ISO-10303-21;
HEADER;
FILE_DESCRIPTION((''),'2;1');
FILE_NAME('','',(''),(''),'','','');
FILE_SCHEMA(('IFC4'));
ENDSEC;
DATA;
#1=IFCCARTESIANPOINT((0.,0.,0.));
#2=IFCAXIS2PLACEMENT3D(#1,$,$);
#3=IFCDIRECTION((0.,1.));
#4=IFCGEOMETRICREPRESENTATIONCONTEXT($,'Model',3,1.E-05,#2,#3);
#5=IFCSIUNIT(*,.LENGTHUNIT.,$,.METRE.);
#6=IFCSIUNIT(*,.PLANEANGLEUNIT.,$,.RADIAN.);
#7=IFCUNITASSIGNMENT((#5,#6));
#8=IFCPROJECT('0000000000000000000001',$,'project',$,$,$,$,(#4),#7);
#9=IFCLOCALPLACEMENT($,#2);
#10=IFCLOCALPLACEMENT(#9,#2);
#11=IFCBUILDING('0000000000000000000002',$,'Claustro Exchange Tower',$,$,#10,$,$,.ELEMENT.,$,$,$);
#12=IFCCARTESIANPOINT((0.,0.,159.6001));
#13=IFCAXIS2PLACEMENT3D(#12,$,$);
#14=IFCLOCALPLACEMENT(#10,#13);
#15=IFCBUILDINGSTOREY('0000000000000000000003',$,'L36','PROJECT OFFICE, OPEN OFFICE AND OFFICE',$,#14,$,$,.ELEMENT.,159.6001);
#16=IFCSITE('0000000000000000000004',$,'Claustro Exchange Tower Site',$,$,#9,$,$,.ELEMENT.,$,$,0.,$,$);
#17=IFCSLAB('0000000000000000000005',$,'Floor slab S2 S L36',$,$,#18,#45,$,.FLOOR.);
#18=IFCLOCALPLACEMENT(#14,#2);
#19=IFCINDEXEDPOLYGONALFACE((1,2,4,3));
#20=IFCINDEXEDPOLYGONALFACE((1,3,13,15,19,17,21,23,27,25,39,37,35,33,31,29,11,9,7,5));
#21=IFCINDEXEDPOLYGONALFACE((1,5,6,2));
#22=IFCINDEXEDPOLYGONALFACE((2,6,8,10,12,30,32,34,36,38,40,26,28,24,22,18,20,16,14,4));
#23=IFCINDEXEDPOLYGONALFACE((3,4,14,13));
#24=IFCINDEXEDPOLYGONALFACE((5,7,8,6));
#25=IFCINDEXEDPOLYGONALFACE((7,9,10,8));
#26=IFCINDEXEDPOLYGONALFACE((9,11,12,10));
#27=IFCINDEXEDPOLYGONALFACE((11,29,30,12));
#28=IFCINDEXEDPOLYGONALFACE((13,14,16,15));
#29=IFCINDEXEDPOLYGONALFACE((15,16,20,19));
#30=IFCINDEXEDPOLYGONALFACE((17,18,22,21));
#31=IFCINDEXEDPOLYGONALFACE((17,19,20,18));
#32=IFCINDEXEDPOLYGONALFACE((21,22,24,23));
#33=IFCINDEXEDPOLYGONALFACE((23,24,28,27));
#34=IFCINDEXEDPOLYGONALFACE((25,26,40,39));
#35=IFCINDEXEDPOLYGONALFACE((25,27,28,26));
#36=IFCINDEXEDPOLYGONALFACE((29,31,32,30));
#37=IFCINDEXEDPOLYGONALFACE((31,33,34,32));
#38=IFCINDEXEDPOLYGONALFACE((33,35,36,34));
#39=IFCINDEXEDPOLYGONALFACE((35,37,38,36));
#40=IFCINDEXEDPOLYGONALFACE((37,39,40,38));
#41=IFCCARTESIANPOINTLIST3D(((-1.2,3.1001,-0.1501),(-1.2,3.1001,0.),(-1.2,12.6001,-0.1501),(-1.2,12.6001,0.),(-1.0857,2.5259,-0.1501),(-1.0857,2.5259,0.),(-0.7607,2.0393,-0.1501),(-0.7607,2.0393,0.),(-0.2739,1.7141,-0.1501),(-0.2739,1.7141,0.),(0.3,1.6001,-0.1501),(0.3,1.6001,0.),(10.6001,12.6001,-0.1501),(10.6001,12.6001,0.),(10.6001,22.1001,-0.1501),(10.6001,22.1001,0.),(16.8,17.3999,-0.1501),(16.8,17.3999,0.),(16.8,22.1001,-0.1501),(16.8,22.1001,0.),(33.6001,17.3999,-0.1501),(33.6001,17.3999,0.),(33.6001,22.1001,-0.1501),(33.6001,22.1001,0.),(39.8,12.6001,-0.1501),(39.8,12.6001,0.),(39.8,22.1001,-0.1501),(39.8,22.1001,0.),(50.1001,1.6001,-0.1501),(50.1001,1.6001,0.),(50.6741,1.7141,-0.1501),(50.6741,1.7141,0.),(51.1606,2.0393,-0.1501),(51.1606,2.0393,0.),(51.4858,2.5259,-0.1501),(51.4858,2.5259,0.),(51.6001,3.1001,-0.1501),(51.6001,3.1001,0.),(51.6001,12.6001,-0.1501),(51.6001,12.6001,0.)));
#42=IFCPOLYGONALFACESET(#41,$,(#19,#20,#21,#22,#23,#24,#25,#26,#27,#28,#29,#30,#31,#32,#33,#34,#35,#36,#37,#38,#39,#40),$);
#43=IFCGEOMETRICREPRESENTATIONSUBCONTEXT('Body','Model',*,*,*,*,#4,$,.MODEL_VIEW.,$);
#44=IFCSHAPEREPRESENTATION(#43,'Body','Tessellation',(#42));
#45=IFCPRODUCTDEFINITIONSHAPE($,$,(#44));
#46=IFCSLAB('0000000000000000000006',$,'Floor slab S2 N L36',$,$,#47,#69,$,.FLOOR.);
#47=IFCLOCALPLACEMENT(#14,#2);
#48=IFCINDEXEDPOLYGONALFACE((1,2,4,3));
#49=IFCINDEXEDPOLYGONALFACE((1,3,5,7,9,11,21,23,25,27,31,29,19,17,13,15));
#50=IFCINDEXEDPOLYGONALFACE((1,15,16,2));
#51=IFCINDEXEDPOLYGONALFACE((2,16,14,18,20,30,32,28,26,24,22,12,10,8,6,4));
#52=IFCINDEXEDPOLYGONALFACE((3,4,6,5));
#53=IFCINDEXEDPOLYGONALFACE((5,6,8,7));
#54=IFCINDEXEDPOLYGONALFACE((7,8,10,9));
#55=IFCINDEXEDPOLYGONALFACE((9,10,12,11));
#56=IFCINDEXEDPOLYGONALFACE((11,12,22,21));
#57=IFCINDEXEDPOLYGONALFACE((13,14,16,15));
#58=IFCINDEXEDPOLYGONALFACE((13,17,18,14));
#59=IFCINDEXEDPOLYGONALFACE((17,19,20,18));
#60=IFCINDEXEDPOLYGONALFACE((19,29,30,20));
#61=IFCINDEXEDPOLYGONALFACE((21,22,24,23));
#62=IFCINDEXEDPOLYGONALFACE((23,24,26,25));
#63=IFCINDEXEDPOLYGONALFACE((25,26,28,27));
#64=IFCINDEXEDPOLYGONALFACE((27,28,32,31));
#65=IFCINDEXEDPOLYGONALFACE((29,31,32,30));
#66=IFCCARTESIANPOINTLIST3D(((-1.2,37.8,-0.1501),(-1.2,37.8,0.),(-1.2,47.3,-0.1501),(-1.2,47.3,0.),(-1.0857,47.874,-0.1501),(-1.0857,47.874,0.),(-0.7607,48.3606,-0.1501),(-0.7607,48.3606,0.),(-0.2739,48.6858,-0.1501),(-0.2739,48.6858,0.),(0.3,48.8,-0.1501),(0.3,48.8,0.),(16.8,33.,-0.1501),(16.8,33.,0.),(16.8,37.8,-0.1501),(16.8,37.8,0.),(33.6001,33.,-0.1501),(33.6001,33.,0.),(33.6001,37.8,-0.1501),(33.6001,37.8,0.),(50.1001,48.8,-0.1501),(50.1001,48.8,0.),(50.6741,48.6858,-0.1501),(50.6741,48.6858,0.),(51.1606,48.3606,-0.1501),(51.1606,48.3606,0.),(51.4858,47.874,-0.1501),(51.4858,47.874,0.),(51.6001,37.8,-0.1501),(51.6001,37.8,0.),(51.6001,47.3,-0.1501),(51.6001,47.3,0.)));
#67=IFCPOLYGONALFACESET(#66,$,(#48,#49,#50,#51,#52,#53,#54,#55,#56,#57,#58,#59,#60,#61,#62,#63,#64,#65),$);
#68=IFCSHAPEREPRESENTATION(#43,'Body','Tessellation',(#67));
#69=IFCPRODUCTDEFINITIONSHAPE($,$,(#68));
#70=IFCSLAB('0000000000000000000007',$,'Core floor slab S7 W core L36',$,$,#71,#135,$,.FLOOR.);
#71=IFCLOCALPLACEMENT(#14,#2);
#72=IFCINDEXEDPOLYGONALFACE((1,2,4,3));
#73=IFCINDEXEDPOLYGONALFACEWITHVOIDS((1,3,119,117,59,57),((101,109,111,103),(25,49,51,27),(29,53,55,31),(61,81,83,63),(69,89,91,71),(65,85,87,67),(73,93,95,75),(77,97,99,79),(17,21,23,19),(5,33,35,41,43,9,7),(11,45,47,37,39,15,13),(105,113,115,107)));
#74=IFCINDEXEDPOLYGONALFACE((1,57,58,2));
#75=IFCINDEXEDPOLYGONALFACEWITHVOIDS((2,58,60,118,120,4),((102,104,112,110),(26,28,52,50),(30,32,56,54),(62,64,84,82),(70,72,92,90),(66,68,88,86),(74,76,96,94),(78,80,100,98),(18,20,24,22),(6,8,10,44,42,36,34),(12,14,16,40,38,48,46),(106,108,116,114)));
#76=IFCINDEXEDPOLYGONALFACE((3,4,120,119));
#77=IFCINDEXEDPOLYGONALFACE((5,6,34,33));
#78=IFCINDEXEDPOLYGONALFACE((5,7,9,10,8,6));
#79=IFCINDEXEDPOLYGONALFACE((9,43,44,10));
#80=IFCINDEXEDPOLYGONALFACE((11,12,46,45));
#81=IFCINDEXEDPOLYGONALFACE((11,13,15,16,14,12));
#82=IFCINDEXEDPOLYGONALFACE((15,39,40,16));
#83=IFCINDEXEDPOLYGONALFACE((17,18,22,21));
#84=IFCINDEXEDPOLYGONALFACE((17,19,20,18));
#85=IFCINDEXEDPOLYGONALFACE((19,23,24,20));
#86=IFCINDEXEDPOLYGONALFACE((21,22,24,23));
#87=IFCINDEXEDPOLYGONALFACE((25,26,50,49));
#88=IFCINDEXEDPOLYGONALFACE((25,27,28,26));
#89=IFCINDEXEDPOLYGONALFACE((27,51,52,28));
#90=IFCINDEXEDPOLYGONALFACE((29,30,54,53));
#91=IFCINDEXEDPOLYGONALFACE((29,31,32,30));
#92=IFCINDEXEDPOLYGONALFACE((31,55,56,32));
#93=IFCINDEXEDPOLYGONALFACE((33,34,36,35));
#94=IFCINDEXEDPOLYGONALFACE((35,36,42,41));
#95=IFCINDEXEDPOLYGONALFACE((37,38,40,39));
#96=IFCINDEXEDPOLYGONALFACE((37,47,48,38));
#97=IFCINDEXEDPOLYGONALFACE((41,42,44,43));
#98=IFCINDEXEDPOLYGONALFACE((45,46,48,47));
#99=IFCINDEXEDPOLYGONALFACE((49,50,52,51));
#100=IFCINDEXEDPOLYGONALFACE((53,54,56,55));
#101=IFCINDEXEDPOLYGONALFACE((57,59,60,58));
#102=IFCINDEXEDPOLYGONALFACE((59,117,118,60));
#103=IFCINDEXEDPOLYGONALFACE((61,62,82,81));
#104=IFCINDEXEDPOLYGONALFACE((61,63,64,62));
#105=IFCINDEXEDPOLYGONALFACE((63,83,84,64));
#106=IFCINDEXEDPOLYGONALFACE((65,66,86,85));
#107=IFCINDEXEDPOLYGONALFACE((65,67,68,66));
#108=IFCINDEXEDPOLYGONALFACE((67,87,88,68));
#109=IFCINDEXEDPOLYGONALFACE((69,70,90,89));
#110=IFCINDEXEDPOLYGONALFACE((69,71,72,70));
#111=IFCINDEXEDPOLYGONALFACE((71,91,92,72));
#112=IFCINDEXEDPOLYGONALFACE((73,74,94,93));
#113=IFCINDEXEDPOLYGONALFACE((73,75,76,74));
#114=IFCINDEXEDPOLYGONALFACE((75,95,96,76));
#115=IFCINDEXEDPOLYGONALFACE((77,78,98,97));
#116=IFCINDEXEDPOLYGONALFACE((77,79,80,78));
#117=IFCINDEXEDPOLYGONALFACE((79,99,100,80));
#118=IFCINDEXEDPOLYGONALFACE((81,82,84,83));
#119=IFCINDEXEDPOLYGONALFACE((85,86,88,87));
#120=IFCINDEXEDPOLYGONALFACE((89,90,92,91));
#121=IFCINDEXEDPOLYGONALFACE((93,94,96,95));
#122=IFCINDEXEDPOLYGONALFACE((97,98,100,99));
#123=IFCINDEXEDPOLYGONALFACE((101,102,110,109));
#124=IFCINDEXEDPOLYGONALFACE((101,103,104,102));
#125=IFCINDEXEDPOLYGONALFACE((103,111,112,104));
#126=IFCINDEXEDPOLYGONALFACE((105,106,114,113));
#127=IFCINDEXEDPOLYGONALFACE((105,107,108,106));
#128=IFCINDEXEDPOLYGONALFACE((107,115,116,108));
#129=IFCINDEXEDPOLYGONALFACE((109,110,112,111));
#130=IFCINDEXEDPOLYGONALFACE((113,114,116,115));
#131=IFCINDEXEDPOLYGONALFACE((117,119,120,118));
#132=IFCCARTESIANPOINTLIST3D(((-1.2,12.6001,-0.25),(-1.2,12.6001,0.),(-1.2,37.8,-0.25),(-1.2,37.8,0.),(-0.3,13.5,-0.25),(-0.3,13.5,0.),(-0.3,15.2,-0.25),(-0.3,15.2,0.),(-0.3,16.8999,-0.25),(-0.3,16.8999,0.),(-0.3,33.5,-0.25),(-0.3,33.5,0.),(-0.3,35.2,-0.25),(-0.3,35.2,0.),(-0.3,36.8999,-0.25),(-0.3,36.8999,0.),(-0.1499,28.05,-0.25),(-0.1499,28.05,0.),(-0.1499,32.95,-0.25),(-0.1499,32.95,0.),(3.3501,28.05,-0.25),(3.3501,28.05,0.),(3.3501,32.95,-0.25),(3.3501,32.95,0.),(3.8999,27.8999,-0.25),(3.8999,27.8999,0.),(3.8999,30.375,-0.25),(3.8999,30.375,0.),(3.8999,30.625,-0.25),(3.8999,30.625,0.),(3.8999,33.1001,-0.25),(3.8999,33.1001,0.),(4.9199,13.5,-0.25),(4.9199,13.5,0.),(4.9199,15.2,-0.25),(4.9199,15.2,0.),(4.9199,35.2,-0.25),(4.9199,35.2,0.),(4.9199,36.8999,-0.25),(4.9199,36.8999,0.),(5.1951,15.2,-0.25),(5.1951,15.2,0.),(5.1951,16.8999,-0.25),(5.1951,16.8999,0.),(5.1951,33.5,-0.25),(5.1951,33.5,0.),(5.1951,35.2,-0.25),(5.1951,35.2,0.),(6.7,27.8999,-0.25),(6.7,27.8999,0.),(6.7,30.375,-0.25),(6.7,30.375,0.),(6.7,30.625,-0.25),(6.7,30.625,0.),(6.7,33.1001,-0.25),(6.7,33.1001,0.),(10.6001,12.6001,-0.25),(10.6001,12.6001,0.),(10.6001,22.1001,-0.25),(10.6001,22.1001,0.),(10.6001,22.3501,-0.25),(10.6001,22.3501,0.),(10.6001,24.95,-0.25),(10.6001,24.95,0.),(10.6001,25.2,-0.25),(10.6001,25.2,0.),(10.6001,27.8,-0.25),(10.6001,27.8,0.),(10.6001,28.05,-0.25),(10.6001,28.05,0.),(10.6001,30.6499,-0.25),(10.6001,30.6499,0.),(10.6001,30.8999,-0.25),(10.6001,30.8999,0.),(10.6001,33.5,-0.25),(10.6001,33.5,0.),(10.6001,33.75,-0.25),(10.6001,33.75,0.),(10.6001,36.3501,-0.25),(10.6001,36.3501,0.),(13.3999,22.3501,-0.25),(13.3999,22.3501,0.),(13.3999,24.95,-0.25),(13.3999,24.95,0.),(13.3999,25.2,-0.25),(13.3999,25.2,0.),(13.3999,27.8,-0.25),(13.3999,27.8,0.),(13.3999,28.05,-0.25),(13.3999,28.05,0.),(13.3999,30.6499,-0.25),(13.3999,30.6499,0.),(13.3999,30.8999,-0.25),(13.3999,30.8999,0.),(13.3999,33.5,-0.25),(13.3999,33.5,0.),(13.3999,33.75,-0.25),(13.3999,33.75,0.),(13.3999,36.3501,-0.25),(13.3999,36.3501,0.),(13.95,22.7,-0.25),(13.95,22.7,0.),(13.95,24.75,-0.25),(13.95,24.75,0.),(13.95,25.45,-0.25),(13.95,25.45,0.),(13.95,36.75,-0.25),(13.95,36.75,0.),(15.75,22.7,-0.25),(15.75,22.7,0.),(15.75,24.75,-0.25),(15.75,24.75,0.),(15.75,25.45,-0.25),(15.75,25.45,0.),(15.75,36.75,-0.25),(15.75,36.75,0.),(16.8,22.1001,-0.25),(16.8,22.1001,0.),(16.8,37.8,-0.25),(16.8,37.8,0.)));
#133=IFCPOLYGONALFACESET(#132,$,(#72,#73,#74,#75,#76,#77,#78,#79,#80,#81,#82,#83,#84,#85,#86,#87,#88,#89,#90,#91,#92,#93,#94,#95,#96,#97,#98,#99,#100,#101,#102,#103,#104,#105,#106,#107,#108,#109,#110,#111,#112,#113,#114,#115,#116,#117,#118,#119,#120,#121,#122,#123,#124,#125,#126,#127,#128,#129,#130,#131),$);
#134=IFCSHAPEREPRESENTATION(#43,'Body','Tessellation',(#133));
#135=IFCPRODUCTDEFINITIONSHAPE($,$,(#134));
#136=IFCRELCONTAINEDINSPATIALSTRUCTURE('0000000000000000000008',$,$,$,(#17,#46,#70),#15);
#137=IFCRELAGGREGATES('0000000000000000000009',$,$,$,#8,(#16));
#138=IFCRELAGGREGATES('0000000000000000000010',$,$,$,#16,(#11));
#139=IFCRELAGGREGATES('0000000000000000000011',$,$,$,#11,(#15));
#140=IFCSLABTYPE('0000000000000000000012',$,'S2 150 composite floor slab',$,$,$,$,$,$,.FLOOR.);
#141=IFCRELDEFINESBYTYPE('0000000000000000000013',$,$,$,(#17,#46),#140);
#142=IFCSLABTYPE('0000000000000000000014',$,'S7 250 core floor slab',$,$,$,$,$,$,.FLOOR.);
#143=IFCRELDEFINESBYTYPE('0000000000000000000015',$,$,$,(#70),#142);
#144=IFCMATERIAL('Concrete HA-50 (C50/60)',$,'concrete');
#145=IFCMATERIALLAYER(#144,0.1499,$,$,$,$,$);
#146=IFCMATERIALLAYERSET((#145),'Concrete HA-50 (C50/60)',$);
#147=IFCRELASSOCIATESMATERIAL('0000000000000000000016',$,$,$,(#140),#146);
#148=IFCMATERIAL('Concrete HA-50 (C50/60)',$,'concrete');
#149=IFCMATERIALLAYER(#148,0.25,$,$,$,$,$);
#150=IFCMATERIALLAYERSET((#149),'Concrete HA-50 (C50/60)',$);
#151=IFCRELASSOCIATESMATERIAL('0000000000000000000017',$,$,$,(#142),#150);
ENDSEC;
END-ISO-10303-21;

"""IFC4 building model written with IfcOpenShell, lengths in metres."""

from ifc_helpers import new_model, si_unit, direction, frame, origin, place, context, subcontext, project, spatial, polyline, outline, extrude, material, layer, layer_set, type_object, element, save


model = new_model("IFC4")

# Units and contexts
model_context = context("Model", 3, precision=1e-05, world=origin(), true_north=direction((0.0, 1.0)))
body_context = subcontext(model_context, "Body", "Model", "MODEL_VIEW")
ifc_project = project(units=[si_unit("LENGTHUNIT", "METRE"), si_unit("PLANEANGLEUNIT", "RADIAN")], contexts=[model_context])

# Site, building, storey
site_placement = place(None, origin())
site = spatial("IfcSite", under=ifc_project, at=site_placement, Name="Claustro Exchange Tower Site", CompositionType="ELEMENT", RefElevation=0.0)
building_placement = place(site_placement, origin())
building = spatial("IfcBuilding", under=site, at=building_placement, Name="Claustro Exchange Tower", CompositionType="ELEMENT")
storey_placement = place(building_placement, frame((0.0, 0.0, 159.6001)))
storey = spatial("IfcBuildingStorey", under=building, at=storey_placement, Name="L36", Description="PROJECT OFFICE, OPEN OFFICE AND OFFICE", CompositionType="ELEMENT", Elevation=159.6001)

# Slabs
ifc_material_1 = material(Name="Concrete HA-50 (C50/60)", Category="concrete")
ifc_layer_1 = layer(ifc_material_1, 0.1499)
ifc_layer_set_1 = layer_set([ifc_layer_1], Name="Concrete HA-50 (C50/60)")
slab_type_1 = type_object("IfcSlabType", Name="S2 150 composite floor slab", PredefinedType="FLOOR", material=ifc_layer_set_1)
slab_1_placement = place(storey_placement, frame((0.0, 0.0, -0.1501)))
element("IfcSlab", 1, at=slab_1_placement, inside=storey, type_object=slab_type_1, Name="Floor slab S2 S L36", PredefinedType="FLOOR", context=body_context, shape_type="SweptSolid", body=[
    extrude(outline(polyline([(-0.2739, 1.7141), (0.3, 1.6001), (50.1001, 1.6001), (50.6741, 1.7141), (51.1606, 2.0393), (51.4858, 2.5259), (51.6001, 3.1001), (51.6001, 12.6001), (39.8, 12.6001), (39.8, 22.1001), (33.6001, 22.1001), (33.6001, 17.3999), (16.8, 17.3999), (16.8, 22.1001), (10.6001, 22.1001), (10.6001, 12.6001), (-1.2, 12.6001), (-1.2, 3.1001), (-1.0857, 2.5259), (-0.7607, 2.0393), (-0.2739, 1.7141)])), origin(), (0.0, 0.0, 1.0), 0.1501),
])
slab_2_placement = place(storey_placement, frame((0.0, 0.0, -0.1501)))
element("IfcSlab", 2, at=slab_2_placement, inside=storey, type_object=slab_type_1, Name="Floor slab S2 N L36", PredefinedType="FLOOR", context=body_context, shape_type="SweptSolid", body=[
    extrude(outline(polyline([(16.8, 37.8), (16.8, 33.0), (33.6001, 33.0), (33.6001, 37.8), (51.6001, 37.8), (51.6001, 47.3), (51.4858, 47.874), (51.1606, 48.3606), (50.6741, 48.6858), (50.1001, 48.8), (0.3, 48.8), (-0.2739, 48.6858), (-0.7607, 48.3606), (-1.0857, 47.874), (-1.2, 47.3), (-1.2, 37.8), (16.8, 37.8)])), origin(), (0.0, 0.0, 1.0), 0.1501),
])
ifc_material_2 = material(Name="Concrete HA-50 (C50/60)", Category="concrete")
ifc_layer_2 = layer(ifc_material_2, 0.25)
ifc_layer_set_2 = layer_set([ifc_layer_2], Name="Concrete HA-50 (C50/60)")
slab_type_2 = type_object("IfcSlabType", Name="S7 250 core floor slab", PredefinedType="FLOOR", material=ifc_layer_set_2)
slab_3_placement = place(storey_placement, frame((0.0, 0.0, -0.25)))
element("IfcSlab", 3, at=slab_3_placement, inside=storey, type_object=slab_type_2, Name="Core floor slab S7 W core L36", PredefinedType="FLOOR", context=body_context, shape_type="SweptSolid", body=[
    extrude(outline(polyline([(-1.2, 37.8), (-1.2, 12.6001), (10.6001, 12.6001), (10.6001, 22.1001), (16.8, 22.1001), (16.8, 37.8), (-1.2, 37.8)]), holes=[polyline([(13.95, 24.75), (15.75, 24.75), (15.75, 22.7), (13.95, 22.7), (13.95, 24.75)]), polyline([(13.95, 36.75), (15.75, 36.75), (15.75, 25.45), (13.95, 25.45), (13.95, 36.75)]), polyline([(13.3999, 24.95), (13.3999, 22.3501), (10.6001, 22.3501), (10.6001, 24.95), (13.3999, 24.95)]), polyline([(13.3999, 27.8), (13.3999, 25.2), (10.6001, 25.2), (10.6001, 27.8), (13.3999, 27.8)]), polyline([(13.3999, 30.6499), (13.3999, 28.05), (10.6001, 28.05), (10.6001, 30.6499), (13.3999, 30.6499)]), polyline([(13.3999, 33.5), (13.3999, 30.8999), (10.6001, 30.8999), (10.6001, 33.5), (13.3999, 33.5)]), polyline([(13.3999, 36.3501), (13.3999, 33.75), (10.6001, 33.75), (10.6001, 36.3501), (13.3999, 36.3501)]), polyline([(6.7, 30.375), (6.7, 27.8999), (3.8999, 27.8999), (3.8999, 30.375), (6.7, 30.375)]), polyline([(6.7, 33.1001), (6.7, 30.625), (3.8999, 30.625), (3.8999, 33.1001), (6.7, 33.1001)]), polyline([(-0.3, 15.2), (-0.3, 16.8999), (5.1951, 16.8999), (5.1951, 15.2), (4.9199, 15.2), (4.9199, 13.5), (-0.3, 13.5), (-0.3, 15.2)]), polyline([(-0.3, 35.2), (-0.3, 36.8999), (4.9199, 36.8999), (4.9199, 35.2), (5.1951, 35.2), (5.1951, 33.5), (-0.3, 33.5), (-0.3, 35.2)]), polyline([(-0.1499, 32.95), (3.3501, 32.95), (3.3501, 28.05), (-0.1499, 28.05), (-0.1499, 32.95)])]), origin(), (0.0, 0.0, 1.0), 0.25),
])

save(model, "model.ifc")
